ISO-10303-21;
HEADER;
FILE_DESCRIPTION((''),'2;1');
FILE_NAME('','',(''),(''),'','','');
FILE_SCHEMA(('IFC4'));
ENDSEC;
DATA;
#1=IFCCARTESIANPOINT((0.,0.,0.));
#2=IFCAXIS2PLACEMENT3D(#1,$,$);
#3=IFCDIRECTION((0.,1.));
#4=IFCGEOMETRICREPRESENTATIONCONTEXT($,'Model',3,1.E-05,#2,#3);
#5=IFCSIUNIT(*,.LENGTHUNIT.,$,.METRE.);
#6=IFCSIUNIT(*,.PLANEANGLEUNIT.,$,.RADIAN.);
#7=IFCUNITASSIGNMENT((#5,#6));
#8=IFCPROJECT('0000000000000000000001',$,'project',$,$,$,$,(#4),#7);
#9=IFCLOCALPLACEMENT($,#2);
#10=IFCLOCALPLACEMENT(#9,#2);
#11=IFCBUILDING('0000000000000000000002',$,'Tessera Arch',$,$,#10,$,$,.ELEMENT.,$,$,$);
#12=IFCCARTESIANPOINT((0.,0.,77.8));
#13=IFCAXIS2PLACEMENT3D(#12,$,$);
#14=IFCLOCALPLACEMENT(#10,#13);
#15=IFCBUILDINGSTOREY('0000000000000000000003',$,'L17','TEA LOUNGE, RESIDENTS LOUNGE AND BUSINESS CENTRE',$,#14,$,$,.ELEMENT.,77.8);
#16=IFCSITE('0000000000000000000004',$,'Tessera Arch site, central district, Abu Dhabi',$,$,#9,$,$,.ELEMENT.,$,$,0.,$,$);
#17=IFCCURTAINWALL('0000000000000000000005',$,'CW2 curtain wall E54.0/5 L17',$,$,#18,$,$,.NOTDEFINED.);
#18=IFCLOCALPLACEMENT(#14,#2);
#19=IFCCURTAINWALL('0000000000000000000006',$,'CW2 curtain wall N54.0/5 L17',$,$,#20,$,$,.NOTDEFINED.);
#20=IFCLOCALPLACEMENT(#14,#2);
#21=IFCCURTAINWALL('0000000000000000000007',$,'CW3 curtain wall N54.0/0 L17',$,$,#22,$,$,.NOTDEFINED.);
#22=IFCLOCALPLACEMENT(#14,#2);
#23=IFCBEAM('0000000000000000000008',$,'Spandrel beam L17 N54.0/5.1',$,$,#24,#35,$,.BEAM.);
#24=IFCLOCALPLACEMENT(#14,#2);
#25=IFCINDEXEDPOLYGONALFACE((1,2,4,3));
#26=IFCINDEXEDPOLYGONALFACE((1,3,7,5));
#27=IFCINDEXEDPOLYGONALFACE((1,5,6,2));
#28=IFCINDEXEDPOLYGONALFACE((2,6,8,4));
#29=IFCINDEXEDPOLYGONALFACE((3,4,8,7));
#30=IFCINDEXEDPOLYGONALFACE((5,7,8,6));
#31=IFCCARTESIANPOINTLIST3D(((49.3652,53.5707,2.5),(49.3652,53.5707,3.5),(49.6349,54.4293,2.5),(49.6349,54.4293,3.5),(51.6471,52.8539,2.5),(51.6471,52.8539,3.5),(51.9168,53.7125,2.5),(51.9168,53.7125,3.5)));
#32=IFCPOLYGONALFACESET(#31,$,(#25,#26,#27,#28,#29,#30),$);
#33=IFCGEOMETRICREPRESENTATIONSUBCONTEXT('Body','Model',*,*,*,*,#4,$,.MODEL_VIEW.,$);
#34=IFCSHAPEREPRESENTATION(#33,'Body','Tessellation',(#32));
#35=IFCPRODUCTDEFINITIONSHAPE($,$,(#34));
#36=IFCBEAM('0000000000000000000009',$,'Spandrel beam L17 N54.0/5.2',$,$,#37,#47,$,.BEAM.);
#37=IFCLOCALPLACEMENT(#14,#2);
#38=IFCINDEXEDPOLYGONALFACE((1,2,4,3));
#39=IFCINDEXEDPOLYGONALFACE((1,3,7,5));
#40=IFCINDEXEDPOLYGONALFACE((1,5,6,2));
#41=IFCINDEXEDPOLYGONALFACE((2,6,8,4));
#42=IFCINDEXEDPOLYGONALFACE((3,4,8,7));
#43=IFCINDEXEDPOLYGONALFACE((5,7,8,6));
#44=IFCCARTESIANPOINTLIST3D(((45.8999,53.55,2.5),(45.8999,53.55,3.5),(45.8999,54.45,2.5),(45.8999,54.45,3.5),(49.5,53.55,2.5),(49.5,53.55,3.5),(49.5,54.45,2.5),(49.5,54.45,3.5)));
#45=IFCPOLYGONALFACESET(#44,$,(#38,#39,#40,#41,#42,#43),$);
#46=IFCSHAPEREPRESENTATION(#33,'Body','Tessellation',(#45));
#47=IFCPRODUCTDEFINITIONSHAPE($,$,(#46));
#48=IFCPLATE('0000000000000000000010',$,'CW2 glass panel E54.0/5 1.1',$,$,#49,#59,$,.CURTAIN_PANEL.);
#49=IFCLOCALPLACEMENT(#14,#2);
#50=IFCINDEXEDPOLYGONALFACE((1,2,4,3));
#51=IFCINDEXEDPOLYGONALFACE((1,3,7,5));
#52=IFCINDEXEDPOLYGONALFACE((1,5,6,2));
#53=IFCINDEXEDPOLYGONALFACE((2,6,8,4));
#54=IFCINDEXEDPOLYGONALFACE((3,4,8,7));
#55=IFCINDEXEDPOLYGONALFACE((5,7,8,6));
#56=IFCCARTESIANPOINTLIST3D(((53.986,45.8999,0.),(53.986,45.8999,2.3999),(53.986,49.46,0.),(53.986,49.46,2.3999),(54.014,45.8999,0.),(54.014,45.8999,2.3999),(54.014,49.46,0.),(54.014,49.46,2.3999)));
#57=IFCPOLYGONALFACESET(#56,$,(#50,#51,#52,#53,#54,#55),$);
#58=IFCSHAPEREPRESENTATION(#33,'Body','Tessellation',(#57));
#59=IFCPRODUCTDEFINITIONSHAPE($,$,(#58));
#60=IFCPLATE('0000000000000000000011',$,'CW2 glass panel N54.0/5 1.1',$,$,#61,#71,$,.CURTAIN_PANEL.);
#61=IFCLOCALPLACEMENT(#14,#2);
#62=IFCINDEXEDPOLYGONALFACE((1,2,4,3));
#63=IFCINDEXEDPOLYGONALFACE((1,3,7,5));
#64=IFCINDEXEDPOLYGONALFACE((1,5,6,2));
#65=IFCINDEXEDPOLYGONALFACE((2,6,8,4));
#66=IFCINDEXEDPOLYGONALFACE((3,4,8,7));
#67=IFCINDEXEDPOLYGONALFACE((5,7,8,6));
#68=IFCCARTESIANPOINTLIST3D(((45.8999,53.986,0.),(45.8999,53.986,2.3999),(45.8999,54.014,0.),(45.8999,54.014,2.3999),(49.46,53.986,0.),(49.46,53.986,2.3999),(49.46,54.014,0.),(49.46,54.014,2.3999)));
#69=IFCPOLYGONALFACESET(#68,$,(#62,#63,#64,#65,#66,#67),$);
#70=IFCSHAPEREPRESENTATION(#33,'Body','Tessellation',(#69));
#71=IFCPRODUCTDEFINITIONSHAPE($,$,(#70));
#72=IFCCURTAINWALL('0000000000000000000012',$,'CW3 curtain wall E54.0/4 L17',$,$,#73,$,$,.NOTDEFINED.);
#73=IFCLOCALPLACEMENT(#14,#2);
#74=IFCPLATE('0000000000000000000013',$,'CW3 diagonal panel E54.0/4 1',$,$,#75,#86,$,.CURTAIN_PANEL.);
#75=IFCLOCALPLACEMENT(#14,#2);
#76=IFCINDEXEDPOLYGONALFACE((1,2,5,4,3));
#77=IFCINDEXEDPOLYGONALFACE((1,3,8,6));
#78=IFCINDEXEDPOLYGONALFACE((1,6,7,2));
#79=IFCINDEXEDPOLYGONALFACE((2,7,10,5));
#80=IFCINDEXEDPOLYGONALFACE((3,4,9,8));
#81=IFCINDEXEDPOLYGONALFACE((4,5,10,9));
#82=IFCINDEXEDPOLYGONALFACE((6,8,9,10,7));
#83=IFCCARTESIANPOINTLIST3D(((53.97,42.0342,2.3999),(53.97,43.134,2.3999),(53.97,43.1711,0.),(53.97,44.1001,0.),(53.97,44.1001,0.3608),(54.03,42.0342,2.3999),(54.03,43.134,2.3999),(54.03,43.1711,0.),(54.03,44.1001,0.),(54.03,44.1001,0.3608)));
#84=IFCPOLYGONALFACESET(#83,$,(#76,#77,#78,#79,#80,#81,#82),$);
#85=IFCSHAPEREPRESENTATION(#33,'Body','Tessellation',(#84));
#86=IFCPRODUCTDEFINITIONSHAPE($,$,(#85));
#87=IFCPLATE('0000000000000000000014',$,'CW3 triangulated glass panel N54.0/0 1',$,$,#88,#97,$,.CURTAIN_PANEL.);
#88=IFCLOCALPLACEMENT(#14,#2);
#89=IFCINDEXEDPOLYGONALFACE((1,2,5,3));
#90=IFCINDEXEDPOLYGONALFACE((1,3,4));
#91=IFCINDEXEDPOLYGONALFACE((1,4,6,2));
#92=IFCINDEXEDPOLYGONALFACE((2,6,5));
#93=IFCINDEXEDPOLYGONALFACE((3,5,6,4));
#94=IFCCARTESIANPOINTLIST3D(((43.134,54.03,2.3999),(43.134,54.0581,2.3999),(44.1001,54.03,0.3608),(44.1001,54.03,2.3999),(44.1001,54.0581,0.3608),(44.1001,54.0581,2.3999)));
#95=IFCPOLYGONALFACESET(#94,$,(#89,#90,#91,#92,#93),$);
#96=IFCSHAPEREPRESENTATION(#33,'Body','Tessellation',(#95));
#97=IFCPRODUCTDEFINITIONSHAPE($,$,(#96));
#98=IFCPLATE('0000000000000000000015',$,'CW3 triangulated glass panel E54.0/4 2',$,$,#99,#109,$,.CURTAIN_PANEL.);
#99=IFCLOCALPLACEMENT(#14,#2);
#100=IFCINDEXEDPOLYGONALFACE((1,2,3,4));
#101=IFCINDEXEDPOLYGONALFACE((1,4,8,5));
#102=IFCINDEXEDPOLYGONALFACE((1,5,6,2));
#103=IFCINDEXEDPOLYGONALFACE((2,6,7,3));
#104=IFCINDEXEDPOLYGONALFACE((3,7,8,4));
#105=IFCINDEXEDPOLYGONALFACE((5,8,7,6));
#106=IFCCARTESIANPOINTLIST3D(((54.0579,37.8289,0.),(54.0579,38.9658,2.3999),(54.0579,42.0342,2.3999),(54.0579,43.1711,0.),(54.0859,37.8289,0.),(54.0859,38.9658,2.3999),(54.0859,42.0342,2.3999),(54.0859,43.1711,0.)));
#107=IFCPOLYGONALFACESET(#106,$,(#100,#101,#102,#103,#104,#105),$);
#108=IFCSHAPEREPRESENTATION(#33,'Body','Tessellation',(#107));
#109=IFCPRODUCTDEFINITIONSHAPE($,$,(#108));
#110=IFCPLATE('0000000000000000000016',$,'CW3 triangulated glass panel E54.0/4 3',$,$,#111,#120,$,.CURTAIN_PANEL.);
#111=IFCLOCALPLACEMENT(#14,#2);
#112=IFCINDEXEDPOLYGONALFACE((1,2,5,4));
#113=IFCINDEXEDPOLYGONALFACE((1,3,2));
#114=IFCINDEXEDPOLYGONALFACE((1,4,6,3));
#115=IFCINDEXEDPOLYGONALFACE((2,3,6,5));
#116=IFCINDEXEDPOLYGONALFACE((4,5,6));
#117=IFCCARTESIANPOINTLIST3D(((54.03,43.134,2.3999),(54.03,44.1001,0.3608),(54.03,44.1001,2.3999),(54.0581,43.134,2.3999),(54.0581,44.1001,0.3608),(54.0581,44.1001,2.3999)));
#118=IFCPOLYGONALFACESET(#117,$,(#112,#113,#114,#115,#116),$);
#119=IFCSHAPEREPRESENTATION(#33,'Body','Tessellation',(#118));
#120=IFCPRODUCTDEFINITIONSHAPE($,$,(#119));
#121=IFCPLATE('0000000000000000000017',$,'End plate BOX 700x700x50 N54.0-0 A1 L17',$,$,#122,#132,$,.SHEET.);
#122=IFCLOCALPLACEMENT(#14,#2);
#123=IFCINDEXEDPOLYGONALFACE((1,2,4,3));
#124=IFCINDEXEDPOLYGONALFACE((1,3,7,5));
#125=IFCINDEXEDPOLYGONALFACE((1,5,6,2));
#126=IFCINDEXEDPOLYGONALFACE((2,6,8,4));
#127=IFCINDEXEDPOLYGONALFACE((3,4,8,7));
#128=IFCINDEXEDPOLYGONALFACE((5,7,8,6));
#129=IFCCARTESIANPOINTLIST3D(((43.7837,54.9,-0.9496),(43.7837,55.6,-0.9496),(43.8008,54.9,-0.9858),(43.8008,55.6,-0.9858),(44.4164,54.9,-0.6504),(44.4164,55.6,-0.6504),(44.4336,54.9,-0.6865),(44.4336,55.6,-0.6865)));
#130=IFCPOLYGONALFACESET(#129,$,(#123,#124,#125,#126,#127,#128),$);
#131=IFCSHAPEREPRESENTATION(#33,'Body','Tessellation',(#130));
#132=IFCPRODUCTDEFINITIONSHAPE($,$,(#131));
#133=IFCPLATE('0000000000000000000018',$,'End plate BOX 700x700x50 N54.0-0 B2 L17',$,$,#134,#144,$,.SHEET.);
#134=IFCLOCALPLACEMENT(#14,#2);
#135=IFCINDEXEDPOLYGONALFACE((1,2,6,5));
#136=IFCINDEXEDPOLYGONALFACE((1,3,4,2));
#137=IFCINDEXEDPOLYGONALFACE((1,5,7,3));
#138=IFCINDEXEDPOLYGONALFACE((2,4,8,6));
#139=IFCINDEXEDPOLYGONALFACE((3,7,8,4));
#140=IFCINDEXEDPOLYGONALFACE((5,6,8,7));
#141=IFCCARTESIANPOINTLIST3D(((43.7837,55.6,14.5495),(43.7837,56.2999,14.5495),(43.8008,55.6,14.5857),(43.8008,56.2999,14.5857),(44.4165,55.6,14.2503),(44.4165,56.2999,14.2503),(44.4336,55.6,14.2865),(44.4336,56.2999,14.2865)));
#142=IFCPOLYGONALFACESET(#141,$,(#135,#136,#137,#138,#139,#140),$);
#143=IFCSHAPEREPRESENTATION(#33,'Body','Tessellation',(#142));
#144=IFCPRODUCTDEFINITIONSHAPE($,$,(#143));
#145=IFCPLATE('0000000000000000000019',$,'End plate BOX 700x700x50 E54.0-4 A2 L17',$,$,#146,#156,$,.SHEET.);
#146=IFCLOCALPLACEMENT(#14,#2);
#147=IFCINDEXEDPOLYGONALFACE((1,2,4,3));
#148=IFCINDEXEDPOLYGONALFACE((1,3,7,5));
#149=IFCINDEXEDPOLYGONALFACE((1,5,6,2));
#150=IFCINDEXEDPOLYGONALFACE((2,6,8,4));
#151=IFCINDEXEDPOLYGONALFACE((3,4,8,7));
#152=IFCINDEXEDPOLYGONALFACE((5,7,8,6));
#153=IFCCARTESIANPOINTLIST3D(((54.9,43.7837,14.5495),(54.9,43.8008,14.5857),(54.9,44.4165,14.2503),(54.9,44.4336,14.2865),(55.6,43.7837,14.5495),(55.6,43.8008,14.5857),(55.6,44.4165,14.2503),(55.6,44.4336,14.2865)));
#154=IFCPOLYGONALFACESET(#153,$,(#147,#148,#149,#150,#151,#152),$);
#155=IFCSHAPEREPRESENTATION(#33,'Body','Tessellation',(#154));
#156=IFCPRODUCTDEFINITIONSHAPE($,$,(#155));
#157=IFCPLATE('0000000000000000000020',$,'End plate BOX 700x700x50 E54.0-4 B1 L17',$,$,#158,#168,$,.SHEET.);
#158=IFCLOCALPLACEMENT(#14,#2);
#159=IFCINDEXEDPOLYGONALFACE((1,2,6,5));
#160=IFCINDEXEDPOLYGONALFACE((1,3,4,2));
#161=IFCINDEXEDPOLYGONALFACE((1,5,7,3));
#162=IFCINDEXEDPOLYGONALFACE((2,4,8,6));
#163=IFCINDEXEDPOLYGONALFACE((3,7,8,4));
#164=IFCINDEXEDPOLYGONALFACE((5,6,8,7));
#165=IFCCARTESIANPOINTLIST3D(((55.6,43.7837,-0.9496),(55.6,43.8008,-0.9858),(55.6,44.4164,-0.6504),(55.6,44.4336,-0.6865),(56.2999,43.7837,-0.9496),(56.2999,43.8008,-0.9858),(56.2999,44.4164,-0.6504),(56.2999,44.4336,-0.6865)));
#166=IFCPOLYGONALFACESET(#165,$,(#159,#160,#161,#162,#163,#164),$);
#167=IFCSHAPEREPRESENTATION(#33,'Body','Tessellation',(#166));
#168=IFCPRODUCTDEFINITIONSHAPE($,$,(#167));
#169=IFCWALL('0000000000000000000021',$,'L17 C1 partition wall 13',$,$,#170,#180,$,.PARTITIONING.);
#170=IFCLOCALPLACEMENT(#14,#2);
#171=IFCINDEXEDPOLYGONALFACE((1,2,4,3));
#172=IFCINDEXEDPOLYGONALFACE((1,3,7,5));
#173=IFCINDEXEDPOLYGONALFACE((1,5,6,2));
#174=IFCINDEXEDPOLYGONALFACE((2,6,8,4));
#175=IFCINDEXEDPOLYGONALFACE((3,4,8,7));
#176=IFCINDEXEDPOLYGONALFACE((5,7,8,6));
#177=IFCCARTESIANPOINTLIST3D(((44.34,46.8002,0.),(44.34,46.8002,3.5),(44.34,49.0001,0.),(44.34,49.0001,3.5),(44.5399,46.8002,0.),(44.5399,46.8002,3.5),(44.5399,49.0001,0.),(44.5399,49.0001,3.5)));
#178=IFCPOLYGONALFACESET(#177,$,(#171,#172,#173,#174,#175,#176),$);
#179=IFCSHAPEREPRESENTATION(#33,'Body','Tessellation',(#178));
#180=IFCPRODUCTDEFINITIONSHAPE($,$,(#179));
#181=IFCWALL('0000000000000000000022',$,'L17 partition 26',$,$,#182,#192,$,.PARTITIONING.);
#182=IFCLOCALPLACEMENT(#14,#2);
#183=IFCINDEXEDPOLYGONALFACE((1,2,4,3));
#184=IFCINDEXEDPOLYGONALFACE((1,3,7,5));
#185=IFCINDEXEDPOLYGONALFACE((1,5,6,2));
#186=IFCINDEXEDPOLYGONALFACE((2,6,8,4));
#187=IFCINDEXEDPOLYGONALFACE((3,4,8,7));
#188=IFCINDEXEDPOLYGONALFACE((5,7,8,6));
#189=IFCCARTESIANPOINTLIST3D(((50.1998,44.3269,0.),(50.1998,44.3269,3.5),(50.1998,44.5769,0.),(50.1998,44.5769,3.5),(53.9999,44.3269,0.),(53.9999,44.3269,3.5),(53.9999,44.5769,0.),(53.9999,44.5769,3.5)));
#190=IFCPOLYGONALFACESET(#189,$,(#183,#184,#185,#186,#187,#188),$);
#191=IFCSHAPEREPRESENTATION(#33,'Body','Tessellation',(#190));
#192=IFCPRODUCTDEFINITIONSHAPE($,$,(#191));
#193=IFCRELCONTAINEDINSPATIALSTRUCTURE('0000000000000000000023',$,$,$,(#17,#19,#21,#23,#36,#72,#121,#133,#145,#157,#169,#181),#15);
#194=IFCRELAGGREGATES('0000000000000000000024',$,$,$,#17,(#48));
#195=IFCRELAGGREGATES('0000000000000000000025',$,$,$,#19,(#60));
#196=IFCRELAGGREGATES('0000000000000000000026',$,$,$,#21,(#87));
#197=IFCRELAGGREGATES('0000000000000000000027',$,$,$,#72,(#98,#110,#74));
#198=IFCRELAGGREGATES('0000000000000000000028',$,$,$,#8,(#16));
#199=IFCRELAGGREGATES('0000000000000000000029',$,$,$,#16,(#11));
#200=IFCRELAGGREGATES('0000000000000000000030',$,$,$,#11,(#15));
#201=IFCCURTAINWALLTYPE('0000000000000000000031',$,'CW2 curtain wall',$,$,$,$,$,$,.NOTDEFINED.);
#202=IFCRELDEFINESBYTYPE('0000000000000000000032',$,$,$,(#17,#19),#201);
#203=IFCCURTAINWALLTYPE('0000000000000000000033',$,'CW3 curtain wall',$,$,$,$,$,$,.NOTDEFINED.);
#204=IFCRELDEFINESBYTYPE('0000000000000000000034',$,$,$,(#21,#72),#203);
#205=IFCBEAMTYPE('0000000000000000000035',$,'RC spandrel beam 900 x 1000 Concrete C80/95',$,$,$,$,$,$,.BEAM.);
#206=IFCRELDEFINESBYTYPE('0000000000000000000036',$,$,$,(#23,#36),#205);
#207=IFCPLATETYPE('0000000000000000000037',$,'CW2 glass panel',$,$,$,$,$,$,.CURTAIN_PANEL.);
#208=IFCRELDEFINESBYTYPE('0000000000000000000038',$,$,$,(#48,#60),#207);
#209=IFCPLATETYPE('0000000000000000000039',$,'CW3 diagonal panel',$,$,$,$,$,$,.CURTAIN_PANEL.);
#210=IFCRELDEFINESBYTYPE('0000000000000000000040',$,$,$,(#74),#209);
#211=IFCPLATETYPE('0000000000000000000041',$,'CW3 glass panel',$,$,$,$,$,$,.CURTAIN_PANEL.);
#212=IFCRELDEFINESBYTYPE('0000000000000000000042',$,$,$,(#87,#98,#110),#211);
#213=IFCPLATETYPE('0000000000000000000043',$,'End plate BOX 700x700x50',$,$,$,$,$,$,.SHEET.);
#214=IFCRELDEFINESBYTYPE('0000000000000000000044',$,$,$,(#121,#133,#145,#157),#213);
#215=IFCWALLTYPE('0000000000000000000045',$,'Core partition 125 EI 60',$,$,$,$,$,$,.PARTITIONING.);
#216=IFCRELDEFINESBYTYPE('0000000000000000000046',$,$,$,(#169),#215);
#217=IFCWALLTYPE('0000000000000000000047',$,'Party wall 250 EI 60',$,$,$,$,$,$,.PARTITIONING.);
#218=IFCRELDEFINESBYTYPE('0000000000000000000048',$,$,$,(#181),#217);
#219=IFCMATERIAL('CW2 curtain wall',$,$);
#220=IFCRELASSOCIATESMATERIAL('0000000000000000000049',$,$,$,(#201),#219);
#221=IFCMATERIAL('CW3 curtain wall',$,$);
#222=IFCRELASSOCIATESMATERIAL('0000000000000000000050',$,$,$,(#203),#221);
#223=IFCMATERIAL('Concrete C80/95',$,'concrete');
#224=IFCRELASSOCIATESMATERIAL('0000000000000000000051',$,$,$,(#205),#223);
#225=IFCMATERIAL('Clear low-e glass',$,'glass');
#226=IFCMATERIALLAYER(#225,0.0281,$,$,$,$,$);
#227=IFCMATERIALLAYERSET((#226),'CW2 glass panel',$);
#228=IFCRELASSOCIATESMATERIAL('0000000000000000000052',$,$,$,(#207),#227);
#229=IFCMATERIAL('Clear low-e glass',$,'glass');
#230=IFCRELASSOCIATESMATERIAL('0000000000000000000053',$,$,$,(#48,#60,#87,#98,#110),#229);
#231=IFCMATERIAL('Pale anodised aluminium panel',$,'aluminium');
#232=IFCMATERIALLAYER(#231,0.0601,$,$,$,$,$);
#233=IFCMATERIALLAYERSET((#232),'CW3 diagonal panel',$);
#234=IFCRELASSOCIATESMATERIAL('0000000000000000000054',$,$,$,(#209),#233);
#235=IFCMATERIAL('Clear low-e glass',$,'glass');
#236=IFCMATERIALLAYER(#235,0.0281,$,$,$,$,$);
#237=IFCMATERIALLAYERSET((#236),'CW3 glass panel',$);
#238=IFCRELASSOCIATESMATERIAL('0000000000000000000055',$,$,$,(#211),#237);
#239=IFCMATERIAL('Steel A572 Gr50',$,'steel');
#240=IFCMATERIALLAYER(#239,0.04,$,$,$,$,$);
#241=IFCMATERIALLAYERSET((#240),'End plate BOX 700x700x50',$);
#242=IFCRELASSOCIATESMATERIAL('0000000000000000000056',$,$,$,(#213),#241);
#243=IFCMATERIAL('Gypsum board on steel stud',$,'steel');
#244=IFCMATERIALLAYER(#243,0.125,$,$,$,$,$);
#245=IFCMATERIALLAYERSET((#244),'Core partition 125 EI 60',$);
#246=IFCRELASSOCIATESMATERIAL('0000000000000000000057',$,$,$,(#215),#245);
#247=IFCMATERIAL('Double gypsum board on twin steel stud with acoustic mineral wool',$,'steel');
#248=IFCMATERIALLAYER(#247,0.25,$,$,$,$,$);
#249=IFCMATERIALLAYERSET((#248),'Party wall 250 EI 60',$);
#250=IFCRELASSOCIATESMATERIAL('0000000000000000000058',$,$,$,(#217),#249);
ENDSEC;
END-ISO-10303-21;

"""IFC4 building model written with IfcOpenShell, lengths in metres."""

from ifc_helpers import new_model, si_unit, direction, frame, frame_2d, origin, origin_2d, place, context, subcontext, project, spatial, polyline, rectangle, outline, extrude, material, layer, layer_set, material_profile, profile_set, type_object, element, aggregate, save


model = new_model("IFC4")

# Units and contexts
model_context = context("Model", 3, precision=1e-05, world=origin(), true_north=direction((0.0, 1.0)))
body_context = subcontext(model_context, "Body", "Model", "MODEL_VIEW")
ifc_project = project(units=[si_unit("LENGTHUNIT", "METRE"), si_unit("PLANEANGLEUNIT", "RADIAN")], contexts=[model_context])

# Site, building, storey
site_placement = place(None, origin())
site = spatial("IfcSite", under=ifc_project, at=site_placement, Name="Tessera Arch site, central district, Abu Dhabi", CompositionType="ELEMENT", RefElevation=0.0)
building_placement = place(site_placement, origin())
building = spatial("IfcBuilding", under=site, at=building_placement, Name="Tessera Arch", CompositionType="ELEMENT")
storey_placement = place(building_placement, frame((0.0, 0.0, 77.8)))
storey = spatial("IfcBuildingStorey", under=building, at=storey_placement, Name="L17", Description="TEA LOUNGE, RESIDENTS LOUNGE AND BUSINESS CENTRE", CompositionType="ELEMENT", Elevation=77.8)

# Curtain walls
ifc_material_1 = material(Name="CW2 curtain wall")
curtain_wall_type_1 = type_object("IfcCurtainWallType", Name="CW2 curtain wall", PredefinedType="NOTDEFINED", material=ifc_material_1)
curtain_wall_1_placement = place(storey_placement, origin())
curtain_wall_1 = element("IfcCurtainWall", 1, at=curtain_wall_1_placement, inside=storey, type_object=curtain_wall_type_1, Name="CW2 curtain wall E54.0/5 L17", PredefinedType="NOTDEFINED")
curtain_wall_2_placement = place(storey_placement, origin())
curtain_wall_2 = element("IfcCurtainWall", 2, at=curtain_wall_2_placement, inside=storey, type_object=curtain_wall_type_1, Name="CW2 curtain wall N54.0/5 L17", PredefinedType="NOTDEFINED")
ifc_material_2 = material(Name="CW3 curtain wall")
curtain_wall_type_2 = type_object("IfcCurtainWallType", Name="CW3 curtain wall", PredefinedType="NOTDEFINED", material=ifc_material_2)
curtain_wall_3_placement = place(storey_placement, origin())
curtain_wall_3 = element("IfcCurtainWall", 3, at=curtain_wall_3_placement, inside=storey, type_object=curtain_wall_type_2, Name="CW3 curtain wall N54.0/0 L17", PredefinedType="NOTDEFINED")

# Beams
ifc_material_3 = material(Name="Concrete C80/95", Category="concrete")
ifc_material_profile_1 = material_profile(ifc_material_3, rectangle(XDim=0.8999, YDim=1.0, at=origin_2d()), Name="RC spandrel beam 900 x 1000 Concrete C80/95")
ifc_profile_set_1 = profile_set([ifc_material_profile_1], Name="Concrete C80/95")
beam_type = type_object("IfcBeamType", Name="RC spandrel beam 900 x 1000 Concrete C80/95", PredefinedType="BEAM", material=ifc_profile_set_1)
for number, where, z_axis, x_axis, name in (
    (4, (51.782, 53.2832, 3.0), (-0.954041, 0.299675, 0.0), (-0.299675, -0.954041, 0.0), "Spandrel beam L17 N54.0/5.1"),
):
    element("IfcBeam", number, at=place(storey_placement, frame(where, z_axis=z_axis, x_axis=x_axis)), inside=storey, type_object=beam_type, Name=name, PredefinedType="BEAM", context=body_context, shape_type="SweptSolid", body=[
        extrude(rectangle(XDim=0.8999, YDim=1.0, at=origin_2d()), origin(), (0.0, 0.0, 1.0), 2.3918),
    ])
beam_1_placement = place(storey_placement, frame((49.5, 54.0, 3.0), z_axis=(-1.0, 0.0, 0.0), x_axis=(0.0, -1.0, 0.0)))
element("IfcBeam", 5, at=beam_1_placement, inside=storey, type_object=beam_type, Name="Spandrel beam L17 N54.0/5.2", PredefinedType="BEAM", context=body_context, shape_type="SweptSolid", body=[
    extrude(rectangle(XDim=0.8999, YDim=1.0, at=origin_2d()), origin(), (0.0, 0.0, 1.0), 3.6001),
])

# Plates
ifc_material_4 = material(Name="Clear low-e glass", Category="glass")
ifc_material_5 = material(Name="Clear low-e glass", Category="glass")
ifc_layer_1 = layer(ifc_material_5, 0.0281)
ifc_layer_set_1 = layer_set([ifc_layer_1], Name="CW2 glass panel")
plate_type_1 = type_object("IfcPlateType", Name="CW2 glass panel", PredefinedType="CURTAIN_PANEL", material=ifc_layer_set_1)
plate_1_placement = place(storey_placement, frame((54.0, 47.6799, 0.0), z_axis=(0.0, 0.0, 1.0), x_axis=(0.0, 1.0, 0.0)))
plate_1 = element("IfcPlate", 6, at=plate_1_placement, type_object=plate_type_1, material=ifc_material_4, Name="CW2 glass panel E54.0/5 1.1", PredefinedType="CURTAIN_PANEL", context=body_context, shape_type="SweptSolid", body=[
    extrude(rectangle(XDim=3.5601, YDim=0.0281, at=origin_2d()), origin(), (0.0, 0.0, 1.0), 2.3999),
])
aggregate(curtain_wall_1, [plate_1])
plate_2_placement = place(storey_placement, frame((47.6799, 54.0, 0.0), z_axis=(0.0, 0.0, 1.0), x_axis=(-1.0, 0.0, 0.0)))
plate_2 = element("IfcPlate", 7, at=plate_2_placement, type_object=plate_type_1, material=ifc_material_4, Name="CW2 glass panel N54.0/5 1.1", PredefinedType="CURTAIN_PANEL", context=body_context, shape_type="SweptSolid", body=[
    extrude(rectangle(XDim=3.5601, YDim=0.0281, at=origin_2d()), origin(), (0.0, 0.0, 1.0), 2.3999),
])
aggregate(curtain_wall_2, [plate_2])

# Curtain wall, plate
curtain_wall_4_placement = place(storey_placement, origin())
curtain_wall_4 = element("IfcCurtainWall", 8, at=curtain_wall_4_placement, inside=storey, type_object=curtain_wall_type_2, Name="CW3 curtain wall E54.0/4 L17", PredefinedType="NOTDEFINED")
ifc_material_6 = material(Name="Pale anodised aluminium panel", Category="aluminium")
ifc_layer_2 = layer(ifc_material_6, 0.0601)
ifc_layer_set_2 = layer_set([ifc_layer_2], Name="CW3 diagonal panel")
plate_type_2 = type_object("IfcPlateType", Name="CW3 diagonal panel", PredefinedType="CURTAIN_PANEL", material=ifc_layer_set_2)
plate_3_placement = place(storey_placement, frame((54.03, 44.1001, 0.0), z_axis=(1.0, 0.0, 0.0), x_axis=(0.0, 0.0, 1.0)))
plate_3 = element("IfcPlate", 9, at=plate_3_placement, type_object=plate_type_2, Name="CW3 diagonal panel E54.0/4 1", PredefinedType="CURTAIN_PANEL", context=body_context, shape_type="SweptSolid", body=[
    extrude(outline(polyline([(0.0, 0.0), (0.3608, 0.0), (2.3999, 0.9661), (2.3999, 2.0659), (0.0, 0.929), (0.0, 0.0)])), origin(), (0.0, 0.0, -1.0), 0.0601),
])

# Plates
ifc_material_7 = material(Name="Clear low-e glass", Category="glass")
ifc_layer_3 = layer(ifc_material_7, 0.0281)
ifc_layer_set_3 = layer_set([ifc_layer_3], Name="CW3 glass panel")
plate_type_3 = type_object("IfcPlateType", Name="CW3 glass panel", PredefinedType="CURTAIN_PANEL", material=ifc_layer_set_3)
plate_4_placement = place(storey_placement, frame((44.1001, 54.0581, 2.3999), z_axis=(0.0, 1.0, 0.0), x_axis=(0.0, 0.0, -1.0)))
plate_4 = element("IfcPlate", 10, at=plate_4_placement, type_object=plate_type_3, material=ifc_material_4, Name="CW3 triangulated glass panel N54.0/0 1", PredefinedType="CURTAIN_PANEL", context=body_context, shape_type="SweptSolid", body=[
    extrude(outline(polyline([(0.0, 0.0), (2.0391, 0.0), (0.0, 0.9661), (0.0, 0.0)])), origin(), (0.0, 0.0, -1.0), 0.0281),
])
aggregate(curtain_wall_3, [plate_4])
plate_5_placement = place(storey_placement, frame((54.0859, 42.0342, 2.3999), z_axis=(1.0, 0.0, 0.0), x_axis=(0.0, -1.0, 0.0)))
plate_5 = element("IfcPlate", 11, at=plate_5_placement, type_object=plate_type_3, material=ifc_material_4, Name="CW3 triangulated glass panel E54.0/4 2", PredefinedType="CURTAIN_PANEL", context=body_context, shape_type="SweptSolid", body=[
    extrude(outline(polyline([(0.0, 0.0), (3.0684, 0.0), (4.2053, 2.3999), (-1.137, 2.3999), (0.0, 0.0)])), origin(), (0.0, 0.0, -1.0), 0.0281),
])
plate_6_placement = place(storey_placement, frame((54.0581, 44.1001, 2.3999), z_axis=(1.0, 0.0, 0.0), x_axis=(0.0, -1.0, 0.0)))
plate_6 = element("IfcPlate", 12, at=plate_6_placement, type_object=plate_type_3, material=ifc_material_4, Name="CW3 triangulated glass panel E54.0/4 3", PredefinedType="CURTAIN_PANEL", context=body_context, shape_type="SweptSolid", body=[
    extrude(outline(polyline([(0.0, 0.0), (0.9661, 0.0), (0.0, 2.0391), (0.0, 0.0)])), origin(), (0.0, 0.0, -1.0), 0.0281),
])
aggregate(curtain_wall_4, [plate_5, plate_6, plate_3])

# Plates
ifc_material_8 = material(Name="Steel A572 Gr50", Category="steel")
ifc_layer_4 = layer(ifc_material_8, 0.04)
ifc_layer_set_4 = layer_set([ifc_layer_4], Name="End plate BOX 700x700x50")
plate_type_4 = type_object("IfcPlateType", Name="End plate BOX 700x700x50", PredefinedType="SHEET", material=ifc_layer_set_4)
for number, where, z_axis, x_axis, name in (
    (13, (44.1172, 55.25, -0.8362), (-0.427561, 0.0, 0.903986), (0.0, -1.0, 0.0), "End plate BOX 700x700x50 N54.0-0 A1 L17"),
    (14, (44.1001, 55.95, 14.3999), (0.427561, 0.0, 0.903986), (0.0, 1.0, 0.0), "End plate BOX 700x700x50 N54.0-0 B2 L17"),
    (15, (55.25, 44.1001, 14.3999), (0.0, 0.427561, 0.903986), (-1.0, 0.0, 0.0), "End plate BOX 700x700x50 E54.0-4 A2 L17"),
    (16, (55.95, 44.1172, -0.8362), (0.0, -0.427561, 0.903986), (1.0, 0.0, 0.0), "End plate BOX 700x700x50 E54.0-4 B1 L17"),
):
    element("IfcPlate", number, at=place(storey_placement, frame(where, z_axis=z_axis, x_axis=x_axis)), inside=storey, type_object=plate_type_4, Name=name, PredefinedType="SHEET", context=body_context, shape_type="SweptSolid", body=[
        extrude(rectangle(XDim=0.7, YDim=0.7, at=origin_2d()), origin(), (0.0, 0.0, 1.0), 0.04),
    ])

# Walls
ifc_material_9 = material(Name="Gypsum board on steel stud", Category="steel")
ifc_layer_5 = layer(ifc_material_9, 0.125)
ifc_layer_set_5 = layer_set([ifc_layer_5], Name="Core partition 125 EI 60")
wall_type_1 = type_object("IfcWallType", Name="Core partition 125 EI 60", PredefinedType="PARTITIONING", material=ifc_layer_set_5)
wall_1_placement = place(storey_placement, frame((44.4399, 46.8, 0.0), z_axis=(0.0, 0.0, 1.0), x_axis=(0.0, 1.0, 0.0)))
element("IfcWall", 17, at=wall_1_placement, inside=storey, type_object=wall_type_1, Name="L17 C1 partition wall 13", PredefinedType="PARTITIONING", context=body_context, shape_type="SweptSolid", body=[
    extrude(rectangle(XDim=2.2, YDim=0.2, at=frame_2d((1.1001, 0.0))), origin(), (0.0, 0.0, 1.0), 3.5),
])
ifc_material_10 = material(Name="Double gypsum board on twin steel stud with acoustic mineral wool", Category="steel")
ifc_layer_6 = layer(ifc_material_10, 0.25)
ifc_layer_set_6 = layer_set([ifc_layer_6], Name="Party wall 250 EI 60")
wall_type_2 = type_object("IfcWallType", Name="Party wall 250 EI 60", PredefinedType="PARTITIONING", material=ifc_layer_set_6)
wall_2_placement = place(storey_placement, frame((50.2, 44.4519, 0.0), z_axis=(0.0, 0.0, 1.0), x_axis=(1.0, 0.0, 0.0)))
element("IfcWall", 18, at=wall_2_placement, inside=storey, type_object=wall_type_2, Name="L17 partition 26", PredefinedType="PARTITIONING", context=body_context, shape_type="SweptSolid", body=[
    extrude(rectangle(XDim=3.8, YDim=0.25, at=frame_2d((1.8999, 0.0))), origin(), (0.0, 0.0, 1.0), 3.5),
])

save(model, "model.ifc")
